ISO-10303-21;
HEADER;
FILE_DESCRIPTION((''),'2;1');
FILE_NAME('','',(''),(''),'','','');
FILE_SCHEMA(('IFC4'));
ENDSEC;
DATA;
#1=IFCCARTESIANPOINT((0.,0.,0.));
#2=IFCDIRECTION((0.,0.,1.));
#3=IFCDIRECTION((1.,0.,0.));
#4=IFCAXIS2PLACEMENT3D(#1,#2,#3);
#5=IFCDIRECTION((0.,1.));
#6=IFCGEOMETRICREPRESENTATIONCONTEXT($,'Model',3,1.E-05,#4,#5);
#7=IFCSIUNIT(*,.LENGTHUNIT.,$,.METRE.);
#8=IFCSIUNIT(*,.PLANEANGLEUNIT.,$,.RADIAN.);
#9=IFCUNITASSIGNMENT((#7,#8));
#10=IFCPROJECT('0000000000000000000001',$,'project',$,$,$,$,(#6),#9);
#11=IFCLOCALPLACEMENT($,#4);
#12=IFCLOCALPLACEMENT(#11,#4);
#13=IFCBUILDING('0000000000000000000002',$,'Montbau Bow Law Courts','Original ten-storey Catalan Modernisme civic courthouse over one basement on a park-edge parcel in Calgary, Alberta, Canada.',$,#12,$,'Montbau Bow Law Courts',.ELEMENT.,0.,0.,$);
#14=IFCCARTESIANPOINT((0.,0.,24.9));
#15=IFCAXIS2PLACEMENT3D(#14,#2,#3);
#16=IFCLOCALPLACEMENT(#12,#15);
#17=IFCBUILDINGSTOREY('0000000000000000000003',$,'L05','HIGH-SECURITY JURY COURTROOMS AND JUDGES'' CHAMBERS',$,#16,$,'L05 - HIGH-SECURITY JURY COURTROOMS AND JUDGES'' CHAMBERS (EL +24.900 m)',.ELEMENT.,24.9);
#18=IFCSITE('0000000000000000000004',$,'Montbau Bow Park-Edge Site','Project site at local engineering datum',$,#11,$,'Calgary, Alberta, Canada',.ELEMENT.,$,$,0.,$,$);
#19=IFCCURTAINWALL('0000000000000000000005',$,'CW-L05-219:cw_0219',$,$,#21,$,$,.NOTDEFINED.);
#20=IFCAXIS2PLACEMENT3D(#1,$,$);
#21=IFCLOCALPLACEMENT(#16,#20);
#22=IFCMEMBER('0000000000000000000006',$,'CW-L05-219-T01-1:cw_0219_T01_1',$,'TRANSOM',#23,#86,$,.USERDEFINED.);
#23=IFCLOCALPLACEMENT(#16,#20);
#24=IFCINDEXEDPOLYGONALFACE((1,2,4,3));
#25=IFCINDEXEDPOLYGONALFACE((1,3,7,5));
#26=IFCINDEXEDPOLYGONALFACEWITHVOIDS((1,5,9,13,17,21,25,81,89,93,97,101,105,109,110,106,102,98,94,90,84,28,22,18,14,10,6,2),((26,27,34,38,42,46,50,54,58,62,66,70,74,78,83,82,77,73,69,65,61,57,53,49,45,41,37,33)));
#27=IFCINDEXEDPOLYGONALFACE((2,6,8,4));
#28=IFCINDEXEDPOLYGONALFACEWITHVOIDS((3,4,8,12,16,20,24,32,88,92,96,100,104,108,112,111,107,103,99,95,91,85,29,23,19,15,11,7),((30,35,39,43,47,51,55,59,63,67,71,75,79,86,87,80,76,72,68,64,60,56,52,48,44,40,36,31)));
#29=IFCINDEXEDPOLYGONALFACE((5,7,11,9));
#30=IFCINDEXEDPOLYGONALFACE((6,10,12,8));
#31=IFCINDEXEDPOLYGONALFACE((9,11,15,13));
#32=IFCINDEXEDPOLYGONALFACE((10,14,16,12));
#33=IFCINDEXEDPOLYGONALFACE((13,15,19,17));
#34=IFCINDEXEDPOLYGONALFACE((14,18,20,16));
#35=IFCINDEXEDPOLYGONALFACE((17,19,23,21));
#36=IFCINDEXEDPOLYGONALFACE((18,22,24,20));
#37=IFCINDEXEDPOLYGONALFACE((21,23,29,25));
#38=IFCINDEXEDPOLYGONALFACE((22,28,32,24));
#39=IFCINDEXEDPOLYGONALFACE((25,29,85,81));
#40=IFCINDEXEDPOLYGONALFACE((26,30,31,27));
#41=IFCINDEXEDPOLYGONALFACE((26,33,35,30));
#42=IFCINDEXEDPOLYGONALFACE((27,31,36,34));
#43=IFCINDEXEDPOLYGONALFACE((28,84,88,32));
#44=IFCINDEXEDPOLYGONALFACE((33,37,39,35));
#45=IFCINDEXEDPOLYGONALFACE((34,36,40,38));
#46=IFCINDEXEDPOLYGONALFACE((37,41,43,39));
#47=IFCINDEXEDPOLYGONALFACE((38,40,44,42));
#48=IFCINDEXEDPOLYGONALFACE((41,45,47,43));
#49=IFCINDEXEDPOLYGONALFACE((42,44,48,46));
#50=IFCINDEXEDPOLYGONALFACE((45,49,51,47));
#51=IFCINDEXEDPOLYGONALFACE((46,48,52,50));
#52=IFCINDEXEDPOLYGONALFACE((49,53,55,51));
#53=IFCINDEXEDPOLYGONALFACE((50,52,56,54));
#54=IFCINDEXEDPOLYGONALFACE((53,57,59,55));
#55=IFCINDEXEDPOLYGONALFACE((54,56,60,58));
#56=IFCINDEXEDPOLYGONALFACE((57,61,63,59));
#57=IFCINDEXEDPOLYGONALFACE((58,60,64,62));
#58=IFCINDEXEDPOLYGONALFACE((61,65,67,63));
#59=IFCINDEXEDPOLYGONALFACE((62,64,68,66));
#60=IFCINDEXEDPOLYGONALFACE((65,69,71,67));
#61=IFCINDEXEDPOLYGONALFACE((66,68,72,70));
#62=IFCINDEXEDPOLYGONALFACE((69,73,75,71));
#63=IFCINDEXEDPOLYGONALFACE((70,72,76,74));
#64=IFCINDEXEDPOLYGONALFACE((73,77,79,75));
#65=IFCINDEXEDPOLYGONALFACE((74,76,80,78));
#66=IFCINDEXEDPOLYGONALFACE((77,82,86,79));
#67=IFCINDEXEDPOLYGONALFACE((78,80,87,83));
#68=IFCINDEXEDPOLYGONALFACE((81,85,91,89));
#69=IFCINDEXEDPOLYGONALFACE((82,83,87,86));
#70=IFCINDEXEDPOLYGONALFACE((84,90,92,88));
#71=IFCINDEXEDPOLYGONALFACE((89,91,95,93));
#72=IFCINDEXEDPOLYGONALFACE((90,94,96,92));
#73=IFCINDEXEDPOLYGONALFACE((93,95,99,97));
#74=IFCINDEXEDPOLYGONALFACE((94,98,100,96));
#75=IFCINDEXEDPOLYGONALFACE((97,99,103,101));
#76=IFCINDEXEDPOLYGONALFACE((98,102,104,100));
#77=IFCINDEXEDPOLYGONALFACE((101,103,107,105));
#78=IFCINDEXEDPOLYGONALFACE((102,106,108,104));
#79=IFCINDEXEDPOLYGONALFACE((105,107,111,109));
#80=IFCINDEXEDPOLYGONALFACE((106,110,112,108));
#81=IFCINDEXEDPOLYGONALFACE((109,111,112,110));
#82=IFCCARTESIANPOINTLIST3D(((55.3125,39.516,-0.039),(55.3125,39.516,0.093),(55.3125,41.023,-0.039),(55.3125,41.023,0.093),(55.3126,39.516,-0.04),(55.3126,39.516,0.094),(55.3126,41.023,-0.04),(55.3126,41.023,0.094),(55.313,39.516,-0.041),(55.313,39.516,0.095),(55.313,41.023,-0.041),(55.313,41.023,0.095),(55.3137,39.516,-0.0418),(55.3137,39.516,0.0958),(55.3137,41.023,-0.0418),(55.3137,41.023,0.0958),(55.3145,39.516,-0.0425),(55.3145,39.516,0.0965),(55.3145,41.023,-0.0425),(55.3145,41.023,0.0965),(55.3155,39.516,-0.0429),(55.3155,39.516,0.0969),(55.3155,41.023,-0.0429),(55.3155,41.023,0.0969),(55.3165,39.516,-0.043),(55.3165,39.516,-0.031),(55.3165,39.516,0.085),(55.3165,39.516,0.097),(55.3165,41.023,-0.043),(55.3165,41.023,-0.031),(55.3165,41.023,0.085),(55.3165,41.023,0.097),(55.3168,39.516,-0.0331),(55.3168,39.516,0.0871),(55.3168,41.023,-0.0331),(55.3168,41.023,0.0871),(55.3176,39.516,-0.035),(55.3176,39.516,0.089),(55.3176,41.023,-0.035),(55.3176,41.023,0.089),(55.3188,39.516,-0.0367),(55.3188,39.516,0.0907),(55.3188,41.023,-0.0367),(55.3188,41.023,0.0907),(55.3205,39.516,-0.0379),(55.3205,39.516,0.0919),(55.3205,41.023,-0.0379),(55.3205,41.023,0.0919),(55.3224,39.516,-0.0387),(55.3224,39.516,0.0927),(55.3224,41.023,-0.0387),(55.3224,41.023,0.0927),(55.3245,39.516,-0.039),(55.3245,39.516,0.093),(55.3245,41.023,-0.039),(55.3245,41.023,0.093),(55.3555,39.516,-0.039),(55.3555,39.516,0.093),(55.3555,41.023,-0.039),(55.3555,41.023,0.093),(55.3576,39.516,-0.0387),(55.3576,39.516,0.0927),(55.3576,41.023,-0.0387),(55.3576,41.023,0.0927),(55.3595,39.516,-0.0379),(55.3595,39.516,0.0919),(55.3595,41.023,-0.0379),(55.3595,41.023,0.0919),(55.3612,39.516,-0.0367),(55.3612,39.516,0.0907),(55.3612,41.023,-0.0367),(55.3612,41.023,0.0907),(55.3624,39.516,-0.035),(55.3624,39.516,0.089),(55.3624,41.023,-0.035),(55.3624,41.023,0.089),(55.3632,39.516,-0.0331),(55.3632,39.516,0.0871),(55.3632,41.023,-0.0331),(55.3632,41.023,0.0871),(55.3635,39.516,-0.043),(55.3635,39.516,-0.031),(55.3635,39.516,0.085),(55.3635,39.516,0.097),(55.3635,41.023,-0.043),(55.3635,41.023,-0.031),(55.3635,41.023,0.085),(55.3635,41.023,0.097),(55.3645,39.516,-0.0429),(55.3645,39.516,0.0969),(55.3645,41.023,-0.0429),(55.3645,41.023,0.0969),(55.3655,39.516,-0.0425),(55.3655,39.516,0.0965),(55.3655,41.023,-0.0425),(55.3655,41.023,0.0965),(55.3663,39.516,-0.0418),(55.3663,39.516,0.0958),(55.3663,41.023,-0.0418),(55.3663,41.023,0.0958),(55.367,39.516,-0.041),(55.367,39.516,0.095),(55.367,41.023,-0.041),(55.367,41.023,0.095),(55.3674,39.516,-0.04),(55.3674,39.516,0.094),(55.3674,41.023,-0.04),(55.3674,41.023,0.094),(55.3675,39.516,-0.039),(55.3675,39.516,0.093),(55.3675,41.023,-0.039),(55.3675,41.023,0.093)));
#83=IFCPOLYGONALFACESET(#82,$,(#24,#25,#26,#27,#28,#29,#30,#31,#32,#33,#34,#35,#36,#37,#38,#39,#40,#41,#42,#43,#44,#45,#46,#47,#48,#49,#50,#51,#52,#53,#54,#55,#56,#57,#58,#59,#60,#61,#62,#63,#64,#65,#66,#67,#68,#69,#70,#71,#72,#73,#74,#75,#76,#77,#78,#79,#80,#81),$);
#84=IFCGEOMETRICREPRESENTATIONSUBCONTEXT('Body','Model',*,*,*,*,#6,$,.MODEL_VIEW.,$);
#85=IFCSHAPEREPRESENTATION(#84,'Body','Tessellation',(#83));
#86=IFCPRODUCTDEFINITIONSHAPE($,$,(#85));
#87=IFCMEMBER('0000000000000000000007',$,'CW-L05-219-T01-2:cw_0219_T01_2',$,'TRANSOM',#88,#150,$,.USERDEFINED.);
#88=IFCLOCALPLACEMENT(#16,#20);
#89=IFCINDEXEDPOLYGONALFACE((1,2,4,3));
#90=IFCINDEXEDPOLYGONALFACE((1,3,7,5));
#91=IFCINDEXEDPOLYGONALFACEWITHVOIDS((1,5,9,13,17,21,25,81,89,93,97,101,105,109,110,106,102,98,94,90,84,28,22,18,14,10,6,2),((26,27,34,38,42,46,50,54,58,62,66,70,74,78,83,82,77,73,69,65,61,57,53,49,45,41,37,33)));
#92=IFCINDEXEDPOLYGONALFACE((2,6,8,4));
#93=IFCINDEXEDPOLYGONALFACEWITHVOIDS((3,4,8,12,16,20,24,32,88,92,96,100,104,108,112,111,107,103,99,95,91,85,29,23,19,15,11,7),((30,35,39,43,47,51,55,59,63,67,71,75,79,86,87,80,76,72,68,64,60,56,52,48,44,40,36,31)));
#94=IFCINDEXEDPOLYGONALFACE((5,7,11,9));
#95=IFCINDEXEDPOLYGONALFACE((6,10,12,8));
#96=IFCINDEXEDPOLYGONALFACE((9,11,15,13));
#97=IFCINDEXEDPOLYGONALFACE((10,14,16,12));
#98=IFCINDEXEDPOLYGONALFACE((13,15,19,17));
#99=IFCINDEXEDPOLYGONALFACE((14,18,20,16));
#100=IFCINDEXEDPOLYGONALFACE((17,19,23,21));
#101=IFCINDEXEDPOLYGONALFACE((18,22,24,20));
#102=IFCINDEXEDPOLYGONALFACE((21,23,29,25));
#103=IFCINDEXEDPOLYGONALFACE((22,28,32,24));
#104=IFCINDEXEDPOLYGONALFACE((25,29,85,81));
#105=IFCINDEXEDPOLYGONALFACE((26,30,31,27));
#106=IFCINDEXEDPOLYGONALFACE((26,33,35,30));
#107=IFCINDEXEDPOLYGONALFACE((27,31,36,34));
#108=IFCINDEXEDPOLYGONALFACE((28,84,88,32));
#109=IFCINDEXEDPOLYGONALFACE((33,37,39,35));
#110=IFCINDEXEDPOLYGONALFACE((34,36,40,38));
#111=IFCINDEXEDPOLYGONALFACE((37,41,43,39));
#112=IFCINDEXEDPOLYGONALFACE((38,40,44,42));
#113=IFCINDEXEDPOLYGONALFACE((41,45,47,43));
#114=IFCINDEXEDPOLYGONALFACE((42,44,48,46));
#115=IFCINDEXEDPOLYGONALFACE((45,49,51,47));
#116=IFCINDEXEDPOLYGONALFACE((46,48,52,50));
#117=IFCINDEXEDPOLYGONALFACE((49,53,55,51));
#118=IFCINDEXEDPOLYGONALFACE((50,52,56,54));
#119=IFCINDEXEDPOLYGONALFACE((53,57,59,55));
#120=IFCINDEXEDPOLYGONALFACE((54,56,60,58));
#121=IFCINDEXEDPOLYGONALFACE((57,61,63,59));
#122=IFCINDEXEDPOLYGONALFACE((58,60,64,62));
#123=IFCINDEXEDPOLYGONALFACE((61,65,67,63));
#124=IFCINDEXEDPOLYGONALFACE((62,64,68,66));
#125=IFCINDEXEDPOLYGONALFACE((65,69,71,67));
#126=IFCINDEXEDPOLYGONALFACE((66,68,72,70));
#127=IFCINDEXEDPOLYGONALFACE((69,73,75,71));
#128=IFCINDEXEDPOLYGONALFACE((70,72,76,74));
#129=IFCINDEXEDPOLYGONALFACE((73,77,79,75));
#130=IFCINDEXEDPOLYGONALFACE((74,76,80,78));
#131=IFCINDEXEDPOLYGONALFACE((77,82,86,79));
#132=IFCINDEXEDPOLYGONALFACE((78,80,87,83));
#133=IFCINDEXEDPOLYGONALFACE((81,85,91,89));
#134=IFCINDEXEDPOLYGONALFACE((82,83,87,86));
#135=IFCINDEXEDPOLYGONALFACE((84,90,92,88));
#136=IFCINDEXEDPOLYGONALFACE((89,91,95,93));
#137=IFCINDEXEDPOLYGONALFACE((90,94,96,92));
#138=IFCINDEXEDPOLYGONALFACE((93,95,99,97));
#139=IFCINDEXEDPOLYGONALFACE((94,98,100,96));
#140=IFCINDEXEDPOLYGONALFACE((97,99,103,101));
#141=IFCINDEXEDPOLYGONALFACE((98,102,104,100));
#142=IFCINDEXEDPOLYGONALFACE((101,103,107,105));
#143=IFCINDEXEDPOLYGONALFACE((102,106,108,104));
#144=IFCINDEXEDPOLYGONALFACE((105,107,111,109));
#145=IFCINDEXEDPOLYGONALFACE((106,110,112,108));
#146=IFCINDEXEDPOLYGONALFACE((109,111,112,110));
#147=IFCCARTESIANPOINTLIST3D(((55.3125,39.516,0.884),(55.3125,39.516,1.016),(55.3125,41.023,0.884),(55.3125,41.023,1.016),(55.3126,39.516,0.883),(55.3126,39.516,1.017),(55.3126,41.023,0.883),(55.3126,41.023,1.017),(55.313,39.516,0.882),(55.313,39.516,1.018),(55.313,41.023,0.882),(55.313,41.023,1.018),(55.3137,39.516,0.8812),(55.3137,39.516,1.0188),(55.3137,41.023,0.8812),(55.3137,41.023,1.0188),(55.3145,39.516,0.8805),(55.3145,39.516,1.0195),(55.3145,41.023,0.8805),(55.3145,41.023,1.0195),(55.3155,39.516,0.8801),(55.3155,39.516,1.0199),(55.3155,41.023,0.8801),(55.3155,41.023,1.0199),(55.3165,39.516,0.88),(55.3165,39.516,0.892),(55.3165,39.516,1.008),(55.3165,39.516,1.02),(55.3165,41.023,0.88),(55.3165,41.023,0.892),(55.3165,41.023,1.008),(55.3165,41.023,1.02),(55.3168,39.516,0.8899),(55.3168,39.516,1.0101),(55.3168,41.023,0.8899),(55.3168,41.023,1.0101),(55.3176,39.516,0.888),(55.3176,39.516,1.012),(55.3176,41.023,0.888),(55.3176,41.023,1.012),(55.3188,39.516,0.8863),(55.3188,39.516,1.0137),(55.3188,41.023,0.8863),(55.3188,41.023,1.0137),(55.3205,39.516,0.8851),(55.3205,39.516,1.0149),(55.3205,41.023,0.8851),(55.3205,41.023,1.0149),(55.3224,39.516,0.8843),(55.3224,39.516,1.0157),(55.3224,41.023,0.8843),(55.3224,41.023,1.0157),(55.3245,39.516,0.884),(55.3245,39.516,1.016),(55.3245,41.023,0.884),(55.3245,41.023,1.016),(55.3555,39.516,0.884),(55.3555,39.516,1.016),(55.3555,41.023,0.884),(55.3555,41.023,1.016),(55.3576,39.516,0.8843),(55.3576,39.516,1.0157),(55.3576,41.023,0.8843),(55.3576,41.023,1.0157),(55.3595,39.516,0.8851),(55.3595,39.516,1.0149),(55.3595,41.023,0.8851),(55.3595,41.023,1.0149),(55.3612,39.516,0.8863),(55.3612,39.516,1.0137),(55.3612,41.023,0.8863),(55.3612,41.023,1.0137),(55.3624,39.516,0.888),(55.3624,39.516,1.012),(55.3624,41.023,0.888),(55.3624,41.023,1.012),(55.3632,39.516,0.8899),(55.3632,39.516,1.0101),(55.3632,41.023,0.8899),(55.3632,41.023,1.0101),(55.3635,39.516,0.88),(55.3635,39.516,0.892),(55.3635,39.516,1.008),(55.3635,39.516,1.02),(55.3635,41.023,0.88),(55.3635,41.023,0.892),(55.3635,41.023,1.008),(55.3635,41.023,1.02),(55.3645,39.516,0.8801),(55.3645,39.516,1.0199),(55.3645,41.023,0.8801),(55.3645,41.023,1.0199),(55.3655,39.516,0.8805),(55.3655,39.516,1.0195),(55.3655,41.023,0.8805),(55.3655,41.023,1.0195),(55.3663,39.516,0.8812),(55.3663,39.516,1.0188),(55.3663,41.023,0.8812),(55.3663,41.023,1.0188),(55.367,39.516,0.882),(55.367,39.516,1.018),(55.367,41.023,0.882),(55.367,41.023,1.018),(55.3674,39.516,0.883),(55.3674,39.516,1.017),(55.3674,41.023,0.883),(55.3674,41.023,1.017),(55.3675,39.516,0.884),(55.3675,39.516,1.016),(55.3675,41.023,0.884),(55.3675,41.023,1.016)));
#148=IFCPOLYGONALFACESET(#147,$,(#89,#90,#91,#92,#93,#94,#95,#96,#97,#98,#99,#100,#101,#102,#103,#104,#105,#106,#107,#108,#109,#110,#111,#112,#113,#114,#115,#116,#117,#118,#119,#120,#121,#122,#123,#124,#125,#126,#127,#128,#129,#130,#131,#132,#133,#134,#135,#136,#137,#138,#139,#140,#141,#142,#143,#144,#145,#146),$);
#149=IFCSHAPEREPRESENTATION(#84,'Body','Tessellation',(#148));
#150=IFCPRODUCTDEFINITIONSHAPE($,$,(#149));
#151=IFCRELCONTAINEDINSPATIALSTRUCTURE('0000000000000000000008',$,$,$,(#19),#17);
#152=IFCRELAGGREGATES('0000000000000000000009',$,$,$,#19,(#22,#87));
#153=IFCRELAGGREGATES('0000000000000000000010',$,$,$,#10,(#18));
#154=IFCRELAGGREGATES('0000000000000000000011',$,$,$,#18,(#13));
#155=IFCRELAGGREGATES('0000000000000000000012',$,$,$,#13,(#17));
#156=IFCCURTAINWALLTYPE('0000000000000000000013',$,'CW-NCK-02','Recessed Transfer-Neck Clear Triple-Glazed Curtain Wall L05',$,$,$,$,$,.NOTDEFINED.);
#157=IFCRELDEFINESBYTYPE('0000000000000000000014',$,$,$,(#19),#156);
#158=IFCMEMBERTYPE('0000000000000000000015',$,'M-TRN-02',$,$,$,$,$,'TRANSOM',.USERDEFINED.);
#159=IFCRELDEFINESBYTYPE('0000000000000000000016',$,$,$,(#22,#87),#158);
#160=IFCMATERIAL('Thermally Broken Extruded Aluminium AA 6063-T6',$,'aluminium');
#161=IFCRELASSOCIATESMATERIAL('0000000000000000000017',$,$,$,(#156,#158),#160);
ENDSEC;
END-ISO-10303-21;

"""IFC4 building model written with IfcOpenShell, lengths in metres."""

from ifc_helpers import new_model, si_unit, direction, frame, origin_with_axes, origin_2d_with_axis, place, context, subcontext, project, spatial, hollow_rectangle, extrude, material, material_profile, profile_set, type_object, element, aggregate, save


model = new_model("IFC4")

# Units and contexts
model_context = context("Model", 3, precision=1e-05, world=origin_with_axes(), true_north=direction((0.0, 1.0)))
body_context = subcontext(model_context, "Body", "Model", "MODEL_VIEW")
ifc_project = project(units=[si_unit("LENGTHUNIT", "METRE"), si_unit("PLANEANGLEUNIT", "RADIAN")], contexts=[model_context])

# Site, building, storey
site_placement = place(None, origin_with_axes())
site = spatial("IfcSite", under=ifc_project, at=site_placement, Name="Montbau Bow Park-Edge Site", Description="Project site at local engineering datum", LongName="Calgary, Alberta, Canada", CompositionType="ELEMENT", RefElevation=0.0)
building_placement = place(site_placement, origin_with_axes())
building = spatial("IfcBuilding", under=site, at=building_placement, Name="Montbau Bow Law Courts", Description="Original ten-storey Catalan Modernisme civic courthouse over one basement on a park-edge parcel in Calgary, Alberta, Canada.", LongName="Montbau Bow Law Courts", CompositionType="ELEMENT", ElevationOfRefHeight=0.0, ElevationOfTerrain=0.0)
storey_placement = place(building_placement, frame((0.0, 0.0, 24.9), z_axis=(0.0, 0.0, 1.0), x_axis=(1.0, 0.0, 0.0)))
storey = spatial("IfcBuildingStorey", under=building, at=storey_placement, Name="L05", Description="HIGH-SECURITY JURY COURTROOMS AND JUDGES' CHAMBERS", LongName="L05 - HIGH-SECURITY JURY COURTROOMS AND JUDGES' CHAMBERS (EL +24.900 m)", CompositionType="ELEMENT", Elevation=24.9)

# Curtain wall, members
ifc_material_1 = material(Name="Thermally Broken Extruded Aluminium AA 6063-T6", Category="aluminium")
curtain_wall_type = type_object("IfcCurtainWallType", Name="CW-NCK-02", Description="Recessed Transfer-Neck Clear Triple-Glazed Curtain Wall L05", PredefinedType="NOTDEFINED", material=ifc_material_1)
curtain_wall_placement = place(None, frame((55.34, 39.44, 24.9), z_axis=(0.0, 0.0, 1.0), x_axis=(1.0, 0.0, 0.0)))
curtain_wall = element("IfcCurtainWall", 1, at=curtain_wall_placement, inside=storey, type_object=curtain_wall_type, Name="CW-L05-219:cw_0219", PredefinedType="NOTDEFINED")
ifc_material_profile_1 = material_profile(ifc_material_1, hollow_rectangle(XDim=0.055, YDim=0.14, WallThickness=0.004, InnerFilletRadius=0.008, OuterFilletRadius=0.004, at=origin_2d_with_axis()), Name="CWT-140X55", Category="Main", Priority=0)
ifc_profile_set_1 = profile_set([ifc_material_profile_1], Name="Thermally Broken Extruded Aluminium AA 6063-T6")
member_type_1 = type_object("IfcMemberType", Name="M-TRN-02", ElementType="TRANSOM", PredefinedType="USERDEFINED", material=ifc_profile_set_1)
member_1_placement = place(None, frame((55.34, 39.516, 24.927), z_axis=(0.0, 1.0, 0.0), x_axis=(-1.0, 0.0, 0.0)))
member_1 = element("IfcMember", 2, at=member_1_placement, type_object=member_type_1, Name="CW-L05-219-T01-1:cw_0219_T01_1", ObjectType="TRANSOM", PredefinedType="USERDEFINED", context=body_context, shape_type="SweptSolid", body=[
    extrude(hollow_rectangle(XDim=0.055, YDim=0.14, WallThickness=0.004, InnerFilletRadius=0.008, OuterFilletRadius=0.004, at=origin_2d_with_axis()), origin_with_axes(), (0.0, 0.0, 1.0), 1.507),
])
member_2_placement = place(None, frame((55.34, 39.516, 25.85), z_axis=(0.0, 1.0, 0.0), x_axis=(-1.0, 0.0, 0.0)))
member_2 = element("IfcMember", 3, at=member_2_placement, type_object=member_type_1, Name="CW-L05-219-T01-2:cw_0219_T01_2", ObjectType="TRANSOM", PredefinedType="USERDEFINED", context=body_context, shape_type="SweptSolid", body=[
    extrude(hollow_rectangle(XDim=0.055, YDim=0.14, WallThickness=0.004, InnerFilletRadius=0.008, OuterFilletRadius=0.004, at=origin_2d_with_axis()), origin_with_axes(), (0.0, 0.0, 1.0), 1.507),
])
aggregate(curtain_wall, [member_1, member_2])

save(model, "model.ifc")
